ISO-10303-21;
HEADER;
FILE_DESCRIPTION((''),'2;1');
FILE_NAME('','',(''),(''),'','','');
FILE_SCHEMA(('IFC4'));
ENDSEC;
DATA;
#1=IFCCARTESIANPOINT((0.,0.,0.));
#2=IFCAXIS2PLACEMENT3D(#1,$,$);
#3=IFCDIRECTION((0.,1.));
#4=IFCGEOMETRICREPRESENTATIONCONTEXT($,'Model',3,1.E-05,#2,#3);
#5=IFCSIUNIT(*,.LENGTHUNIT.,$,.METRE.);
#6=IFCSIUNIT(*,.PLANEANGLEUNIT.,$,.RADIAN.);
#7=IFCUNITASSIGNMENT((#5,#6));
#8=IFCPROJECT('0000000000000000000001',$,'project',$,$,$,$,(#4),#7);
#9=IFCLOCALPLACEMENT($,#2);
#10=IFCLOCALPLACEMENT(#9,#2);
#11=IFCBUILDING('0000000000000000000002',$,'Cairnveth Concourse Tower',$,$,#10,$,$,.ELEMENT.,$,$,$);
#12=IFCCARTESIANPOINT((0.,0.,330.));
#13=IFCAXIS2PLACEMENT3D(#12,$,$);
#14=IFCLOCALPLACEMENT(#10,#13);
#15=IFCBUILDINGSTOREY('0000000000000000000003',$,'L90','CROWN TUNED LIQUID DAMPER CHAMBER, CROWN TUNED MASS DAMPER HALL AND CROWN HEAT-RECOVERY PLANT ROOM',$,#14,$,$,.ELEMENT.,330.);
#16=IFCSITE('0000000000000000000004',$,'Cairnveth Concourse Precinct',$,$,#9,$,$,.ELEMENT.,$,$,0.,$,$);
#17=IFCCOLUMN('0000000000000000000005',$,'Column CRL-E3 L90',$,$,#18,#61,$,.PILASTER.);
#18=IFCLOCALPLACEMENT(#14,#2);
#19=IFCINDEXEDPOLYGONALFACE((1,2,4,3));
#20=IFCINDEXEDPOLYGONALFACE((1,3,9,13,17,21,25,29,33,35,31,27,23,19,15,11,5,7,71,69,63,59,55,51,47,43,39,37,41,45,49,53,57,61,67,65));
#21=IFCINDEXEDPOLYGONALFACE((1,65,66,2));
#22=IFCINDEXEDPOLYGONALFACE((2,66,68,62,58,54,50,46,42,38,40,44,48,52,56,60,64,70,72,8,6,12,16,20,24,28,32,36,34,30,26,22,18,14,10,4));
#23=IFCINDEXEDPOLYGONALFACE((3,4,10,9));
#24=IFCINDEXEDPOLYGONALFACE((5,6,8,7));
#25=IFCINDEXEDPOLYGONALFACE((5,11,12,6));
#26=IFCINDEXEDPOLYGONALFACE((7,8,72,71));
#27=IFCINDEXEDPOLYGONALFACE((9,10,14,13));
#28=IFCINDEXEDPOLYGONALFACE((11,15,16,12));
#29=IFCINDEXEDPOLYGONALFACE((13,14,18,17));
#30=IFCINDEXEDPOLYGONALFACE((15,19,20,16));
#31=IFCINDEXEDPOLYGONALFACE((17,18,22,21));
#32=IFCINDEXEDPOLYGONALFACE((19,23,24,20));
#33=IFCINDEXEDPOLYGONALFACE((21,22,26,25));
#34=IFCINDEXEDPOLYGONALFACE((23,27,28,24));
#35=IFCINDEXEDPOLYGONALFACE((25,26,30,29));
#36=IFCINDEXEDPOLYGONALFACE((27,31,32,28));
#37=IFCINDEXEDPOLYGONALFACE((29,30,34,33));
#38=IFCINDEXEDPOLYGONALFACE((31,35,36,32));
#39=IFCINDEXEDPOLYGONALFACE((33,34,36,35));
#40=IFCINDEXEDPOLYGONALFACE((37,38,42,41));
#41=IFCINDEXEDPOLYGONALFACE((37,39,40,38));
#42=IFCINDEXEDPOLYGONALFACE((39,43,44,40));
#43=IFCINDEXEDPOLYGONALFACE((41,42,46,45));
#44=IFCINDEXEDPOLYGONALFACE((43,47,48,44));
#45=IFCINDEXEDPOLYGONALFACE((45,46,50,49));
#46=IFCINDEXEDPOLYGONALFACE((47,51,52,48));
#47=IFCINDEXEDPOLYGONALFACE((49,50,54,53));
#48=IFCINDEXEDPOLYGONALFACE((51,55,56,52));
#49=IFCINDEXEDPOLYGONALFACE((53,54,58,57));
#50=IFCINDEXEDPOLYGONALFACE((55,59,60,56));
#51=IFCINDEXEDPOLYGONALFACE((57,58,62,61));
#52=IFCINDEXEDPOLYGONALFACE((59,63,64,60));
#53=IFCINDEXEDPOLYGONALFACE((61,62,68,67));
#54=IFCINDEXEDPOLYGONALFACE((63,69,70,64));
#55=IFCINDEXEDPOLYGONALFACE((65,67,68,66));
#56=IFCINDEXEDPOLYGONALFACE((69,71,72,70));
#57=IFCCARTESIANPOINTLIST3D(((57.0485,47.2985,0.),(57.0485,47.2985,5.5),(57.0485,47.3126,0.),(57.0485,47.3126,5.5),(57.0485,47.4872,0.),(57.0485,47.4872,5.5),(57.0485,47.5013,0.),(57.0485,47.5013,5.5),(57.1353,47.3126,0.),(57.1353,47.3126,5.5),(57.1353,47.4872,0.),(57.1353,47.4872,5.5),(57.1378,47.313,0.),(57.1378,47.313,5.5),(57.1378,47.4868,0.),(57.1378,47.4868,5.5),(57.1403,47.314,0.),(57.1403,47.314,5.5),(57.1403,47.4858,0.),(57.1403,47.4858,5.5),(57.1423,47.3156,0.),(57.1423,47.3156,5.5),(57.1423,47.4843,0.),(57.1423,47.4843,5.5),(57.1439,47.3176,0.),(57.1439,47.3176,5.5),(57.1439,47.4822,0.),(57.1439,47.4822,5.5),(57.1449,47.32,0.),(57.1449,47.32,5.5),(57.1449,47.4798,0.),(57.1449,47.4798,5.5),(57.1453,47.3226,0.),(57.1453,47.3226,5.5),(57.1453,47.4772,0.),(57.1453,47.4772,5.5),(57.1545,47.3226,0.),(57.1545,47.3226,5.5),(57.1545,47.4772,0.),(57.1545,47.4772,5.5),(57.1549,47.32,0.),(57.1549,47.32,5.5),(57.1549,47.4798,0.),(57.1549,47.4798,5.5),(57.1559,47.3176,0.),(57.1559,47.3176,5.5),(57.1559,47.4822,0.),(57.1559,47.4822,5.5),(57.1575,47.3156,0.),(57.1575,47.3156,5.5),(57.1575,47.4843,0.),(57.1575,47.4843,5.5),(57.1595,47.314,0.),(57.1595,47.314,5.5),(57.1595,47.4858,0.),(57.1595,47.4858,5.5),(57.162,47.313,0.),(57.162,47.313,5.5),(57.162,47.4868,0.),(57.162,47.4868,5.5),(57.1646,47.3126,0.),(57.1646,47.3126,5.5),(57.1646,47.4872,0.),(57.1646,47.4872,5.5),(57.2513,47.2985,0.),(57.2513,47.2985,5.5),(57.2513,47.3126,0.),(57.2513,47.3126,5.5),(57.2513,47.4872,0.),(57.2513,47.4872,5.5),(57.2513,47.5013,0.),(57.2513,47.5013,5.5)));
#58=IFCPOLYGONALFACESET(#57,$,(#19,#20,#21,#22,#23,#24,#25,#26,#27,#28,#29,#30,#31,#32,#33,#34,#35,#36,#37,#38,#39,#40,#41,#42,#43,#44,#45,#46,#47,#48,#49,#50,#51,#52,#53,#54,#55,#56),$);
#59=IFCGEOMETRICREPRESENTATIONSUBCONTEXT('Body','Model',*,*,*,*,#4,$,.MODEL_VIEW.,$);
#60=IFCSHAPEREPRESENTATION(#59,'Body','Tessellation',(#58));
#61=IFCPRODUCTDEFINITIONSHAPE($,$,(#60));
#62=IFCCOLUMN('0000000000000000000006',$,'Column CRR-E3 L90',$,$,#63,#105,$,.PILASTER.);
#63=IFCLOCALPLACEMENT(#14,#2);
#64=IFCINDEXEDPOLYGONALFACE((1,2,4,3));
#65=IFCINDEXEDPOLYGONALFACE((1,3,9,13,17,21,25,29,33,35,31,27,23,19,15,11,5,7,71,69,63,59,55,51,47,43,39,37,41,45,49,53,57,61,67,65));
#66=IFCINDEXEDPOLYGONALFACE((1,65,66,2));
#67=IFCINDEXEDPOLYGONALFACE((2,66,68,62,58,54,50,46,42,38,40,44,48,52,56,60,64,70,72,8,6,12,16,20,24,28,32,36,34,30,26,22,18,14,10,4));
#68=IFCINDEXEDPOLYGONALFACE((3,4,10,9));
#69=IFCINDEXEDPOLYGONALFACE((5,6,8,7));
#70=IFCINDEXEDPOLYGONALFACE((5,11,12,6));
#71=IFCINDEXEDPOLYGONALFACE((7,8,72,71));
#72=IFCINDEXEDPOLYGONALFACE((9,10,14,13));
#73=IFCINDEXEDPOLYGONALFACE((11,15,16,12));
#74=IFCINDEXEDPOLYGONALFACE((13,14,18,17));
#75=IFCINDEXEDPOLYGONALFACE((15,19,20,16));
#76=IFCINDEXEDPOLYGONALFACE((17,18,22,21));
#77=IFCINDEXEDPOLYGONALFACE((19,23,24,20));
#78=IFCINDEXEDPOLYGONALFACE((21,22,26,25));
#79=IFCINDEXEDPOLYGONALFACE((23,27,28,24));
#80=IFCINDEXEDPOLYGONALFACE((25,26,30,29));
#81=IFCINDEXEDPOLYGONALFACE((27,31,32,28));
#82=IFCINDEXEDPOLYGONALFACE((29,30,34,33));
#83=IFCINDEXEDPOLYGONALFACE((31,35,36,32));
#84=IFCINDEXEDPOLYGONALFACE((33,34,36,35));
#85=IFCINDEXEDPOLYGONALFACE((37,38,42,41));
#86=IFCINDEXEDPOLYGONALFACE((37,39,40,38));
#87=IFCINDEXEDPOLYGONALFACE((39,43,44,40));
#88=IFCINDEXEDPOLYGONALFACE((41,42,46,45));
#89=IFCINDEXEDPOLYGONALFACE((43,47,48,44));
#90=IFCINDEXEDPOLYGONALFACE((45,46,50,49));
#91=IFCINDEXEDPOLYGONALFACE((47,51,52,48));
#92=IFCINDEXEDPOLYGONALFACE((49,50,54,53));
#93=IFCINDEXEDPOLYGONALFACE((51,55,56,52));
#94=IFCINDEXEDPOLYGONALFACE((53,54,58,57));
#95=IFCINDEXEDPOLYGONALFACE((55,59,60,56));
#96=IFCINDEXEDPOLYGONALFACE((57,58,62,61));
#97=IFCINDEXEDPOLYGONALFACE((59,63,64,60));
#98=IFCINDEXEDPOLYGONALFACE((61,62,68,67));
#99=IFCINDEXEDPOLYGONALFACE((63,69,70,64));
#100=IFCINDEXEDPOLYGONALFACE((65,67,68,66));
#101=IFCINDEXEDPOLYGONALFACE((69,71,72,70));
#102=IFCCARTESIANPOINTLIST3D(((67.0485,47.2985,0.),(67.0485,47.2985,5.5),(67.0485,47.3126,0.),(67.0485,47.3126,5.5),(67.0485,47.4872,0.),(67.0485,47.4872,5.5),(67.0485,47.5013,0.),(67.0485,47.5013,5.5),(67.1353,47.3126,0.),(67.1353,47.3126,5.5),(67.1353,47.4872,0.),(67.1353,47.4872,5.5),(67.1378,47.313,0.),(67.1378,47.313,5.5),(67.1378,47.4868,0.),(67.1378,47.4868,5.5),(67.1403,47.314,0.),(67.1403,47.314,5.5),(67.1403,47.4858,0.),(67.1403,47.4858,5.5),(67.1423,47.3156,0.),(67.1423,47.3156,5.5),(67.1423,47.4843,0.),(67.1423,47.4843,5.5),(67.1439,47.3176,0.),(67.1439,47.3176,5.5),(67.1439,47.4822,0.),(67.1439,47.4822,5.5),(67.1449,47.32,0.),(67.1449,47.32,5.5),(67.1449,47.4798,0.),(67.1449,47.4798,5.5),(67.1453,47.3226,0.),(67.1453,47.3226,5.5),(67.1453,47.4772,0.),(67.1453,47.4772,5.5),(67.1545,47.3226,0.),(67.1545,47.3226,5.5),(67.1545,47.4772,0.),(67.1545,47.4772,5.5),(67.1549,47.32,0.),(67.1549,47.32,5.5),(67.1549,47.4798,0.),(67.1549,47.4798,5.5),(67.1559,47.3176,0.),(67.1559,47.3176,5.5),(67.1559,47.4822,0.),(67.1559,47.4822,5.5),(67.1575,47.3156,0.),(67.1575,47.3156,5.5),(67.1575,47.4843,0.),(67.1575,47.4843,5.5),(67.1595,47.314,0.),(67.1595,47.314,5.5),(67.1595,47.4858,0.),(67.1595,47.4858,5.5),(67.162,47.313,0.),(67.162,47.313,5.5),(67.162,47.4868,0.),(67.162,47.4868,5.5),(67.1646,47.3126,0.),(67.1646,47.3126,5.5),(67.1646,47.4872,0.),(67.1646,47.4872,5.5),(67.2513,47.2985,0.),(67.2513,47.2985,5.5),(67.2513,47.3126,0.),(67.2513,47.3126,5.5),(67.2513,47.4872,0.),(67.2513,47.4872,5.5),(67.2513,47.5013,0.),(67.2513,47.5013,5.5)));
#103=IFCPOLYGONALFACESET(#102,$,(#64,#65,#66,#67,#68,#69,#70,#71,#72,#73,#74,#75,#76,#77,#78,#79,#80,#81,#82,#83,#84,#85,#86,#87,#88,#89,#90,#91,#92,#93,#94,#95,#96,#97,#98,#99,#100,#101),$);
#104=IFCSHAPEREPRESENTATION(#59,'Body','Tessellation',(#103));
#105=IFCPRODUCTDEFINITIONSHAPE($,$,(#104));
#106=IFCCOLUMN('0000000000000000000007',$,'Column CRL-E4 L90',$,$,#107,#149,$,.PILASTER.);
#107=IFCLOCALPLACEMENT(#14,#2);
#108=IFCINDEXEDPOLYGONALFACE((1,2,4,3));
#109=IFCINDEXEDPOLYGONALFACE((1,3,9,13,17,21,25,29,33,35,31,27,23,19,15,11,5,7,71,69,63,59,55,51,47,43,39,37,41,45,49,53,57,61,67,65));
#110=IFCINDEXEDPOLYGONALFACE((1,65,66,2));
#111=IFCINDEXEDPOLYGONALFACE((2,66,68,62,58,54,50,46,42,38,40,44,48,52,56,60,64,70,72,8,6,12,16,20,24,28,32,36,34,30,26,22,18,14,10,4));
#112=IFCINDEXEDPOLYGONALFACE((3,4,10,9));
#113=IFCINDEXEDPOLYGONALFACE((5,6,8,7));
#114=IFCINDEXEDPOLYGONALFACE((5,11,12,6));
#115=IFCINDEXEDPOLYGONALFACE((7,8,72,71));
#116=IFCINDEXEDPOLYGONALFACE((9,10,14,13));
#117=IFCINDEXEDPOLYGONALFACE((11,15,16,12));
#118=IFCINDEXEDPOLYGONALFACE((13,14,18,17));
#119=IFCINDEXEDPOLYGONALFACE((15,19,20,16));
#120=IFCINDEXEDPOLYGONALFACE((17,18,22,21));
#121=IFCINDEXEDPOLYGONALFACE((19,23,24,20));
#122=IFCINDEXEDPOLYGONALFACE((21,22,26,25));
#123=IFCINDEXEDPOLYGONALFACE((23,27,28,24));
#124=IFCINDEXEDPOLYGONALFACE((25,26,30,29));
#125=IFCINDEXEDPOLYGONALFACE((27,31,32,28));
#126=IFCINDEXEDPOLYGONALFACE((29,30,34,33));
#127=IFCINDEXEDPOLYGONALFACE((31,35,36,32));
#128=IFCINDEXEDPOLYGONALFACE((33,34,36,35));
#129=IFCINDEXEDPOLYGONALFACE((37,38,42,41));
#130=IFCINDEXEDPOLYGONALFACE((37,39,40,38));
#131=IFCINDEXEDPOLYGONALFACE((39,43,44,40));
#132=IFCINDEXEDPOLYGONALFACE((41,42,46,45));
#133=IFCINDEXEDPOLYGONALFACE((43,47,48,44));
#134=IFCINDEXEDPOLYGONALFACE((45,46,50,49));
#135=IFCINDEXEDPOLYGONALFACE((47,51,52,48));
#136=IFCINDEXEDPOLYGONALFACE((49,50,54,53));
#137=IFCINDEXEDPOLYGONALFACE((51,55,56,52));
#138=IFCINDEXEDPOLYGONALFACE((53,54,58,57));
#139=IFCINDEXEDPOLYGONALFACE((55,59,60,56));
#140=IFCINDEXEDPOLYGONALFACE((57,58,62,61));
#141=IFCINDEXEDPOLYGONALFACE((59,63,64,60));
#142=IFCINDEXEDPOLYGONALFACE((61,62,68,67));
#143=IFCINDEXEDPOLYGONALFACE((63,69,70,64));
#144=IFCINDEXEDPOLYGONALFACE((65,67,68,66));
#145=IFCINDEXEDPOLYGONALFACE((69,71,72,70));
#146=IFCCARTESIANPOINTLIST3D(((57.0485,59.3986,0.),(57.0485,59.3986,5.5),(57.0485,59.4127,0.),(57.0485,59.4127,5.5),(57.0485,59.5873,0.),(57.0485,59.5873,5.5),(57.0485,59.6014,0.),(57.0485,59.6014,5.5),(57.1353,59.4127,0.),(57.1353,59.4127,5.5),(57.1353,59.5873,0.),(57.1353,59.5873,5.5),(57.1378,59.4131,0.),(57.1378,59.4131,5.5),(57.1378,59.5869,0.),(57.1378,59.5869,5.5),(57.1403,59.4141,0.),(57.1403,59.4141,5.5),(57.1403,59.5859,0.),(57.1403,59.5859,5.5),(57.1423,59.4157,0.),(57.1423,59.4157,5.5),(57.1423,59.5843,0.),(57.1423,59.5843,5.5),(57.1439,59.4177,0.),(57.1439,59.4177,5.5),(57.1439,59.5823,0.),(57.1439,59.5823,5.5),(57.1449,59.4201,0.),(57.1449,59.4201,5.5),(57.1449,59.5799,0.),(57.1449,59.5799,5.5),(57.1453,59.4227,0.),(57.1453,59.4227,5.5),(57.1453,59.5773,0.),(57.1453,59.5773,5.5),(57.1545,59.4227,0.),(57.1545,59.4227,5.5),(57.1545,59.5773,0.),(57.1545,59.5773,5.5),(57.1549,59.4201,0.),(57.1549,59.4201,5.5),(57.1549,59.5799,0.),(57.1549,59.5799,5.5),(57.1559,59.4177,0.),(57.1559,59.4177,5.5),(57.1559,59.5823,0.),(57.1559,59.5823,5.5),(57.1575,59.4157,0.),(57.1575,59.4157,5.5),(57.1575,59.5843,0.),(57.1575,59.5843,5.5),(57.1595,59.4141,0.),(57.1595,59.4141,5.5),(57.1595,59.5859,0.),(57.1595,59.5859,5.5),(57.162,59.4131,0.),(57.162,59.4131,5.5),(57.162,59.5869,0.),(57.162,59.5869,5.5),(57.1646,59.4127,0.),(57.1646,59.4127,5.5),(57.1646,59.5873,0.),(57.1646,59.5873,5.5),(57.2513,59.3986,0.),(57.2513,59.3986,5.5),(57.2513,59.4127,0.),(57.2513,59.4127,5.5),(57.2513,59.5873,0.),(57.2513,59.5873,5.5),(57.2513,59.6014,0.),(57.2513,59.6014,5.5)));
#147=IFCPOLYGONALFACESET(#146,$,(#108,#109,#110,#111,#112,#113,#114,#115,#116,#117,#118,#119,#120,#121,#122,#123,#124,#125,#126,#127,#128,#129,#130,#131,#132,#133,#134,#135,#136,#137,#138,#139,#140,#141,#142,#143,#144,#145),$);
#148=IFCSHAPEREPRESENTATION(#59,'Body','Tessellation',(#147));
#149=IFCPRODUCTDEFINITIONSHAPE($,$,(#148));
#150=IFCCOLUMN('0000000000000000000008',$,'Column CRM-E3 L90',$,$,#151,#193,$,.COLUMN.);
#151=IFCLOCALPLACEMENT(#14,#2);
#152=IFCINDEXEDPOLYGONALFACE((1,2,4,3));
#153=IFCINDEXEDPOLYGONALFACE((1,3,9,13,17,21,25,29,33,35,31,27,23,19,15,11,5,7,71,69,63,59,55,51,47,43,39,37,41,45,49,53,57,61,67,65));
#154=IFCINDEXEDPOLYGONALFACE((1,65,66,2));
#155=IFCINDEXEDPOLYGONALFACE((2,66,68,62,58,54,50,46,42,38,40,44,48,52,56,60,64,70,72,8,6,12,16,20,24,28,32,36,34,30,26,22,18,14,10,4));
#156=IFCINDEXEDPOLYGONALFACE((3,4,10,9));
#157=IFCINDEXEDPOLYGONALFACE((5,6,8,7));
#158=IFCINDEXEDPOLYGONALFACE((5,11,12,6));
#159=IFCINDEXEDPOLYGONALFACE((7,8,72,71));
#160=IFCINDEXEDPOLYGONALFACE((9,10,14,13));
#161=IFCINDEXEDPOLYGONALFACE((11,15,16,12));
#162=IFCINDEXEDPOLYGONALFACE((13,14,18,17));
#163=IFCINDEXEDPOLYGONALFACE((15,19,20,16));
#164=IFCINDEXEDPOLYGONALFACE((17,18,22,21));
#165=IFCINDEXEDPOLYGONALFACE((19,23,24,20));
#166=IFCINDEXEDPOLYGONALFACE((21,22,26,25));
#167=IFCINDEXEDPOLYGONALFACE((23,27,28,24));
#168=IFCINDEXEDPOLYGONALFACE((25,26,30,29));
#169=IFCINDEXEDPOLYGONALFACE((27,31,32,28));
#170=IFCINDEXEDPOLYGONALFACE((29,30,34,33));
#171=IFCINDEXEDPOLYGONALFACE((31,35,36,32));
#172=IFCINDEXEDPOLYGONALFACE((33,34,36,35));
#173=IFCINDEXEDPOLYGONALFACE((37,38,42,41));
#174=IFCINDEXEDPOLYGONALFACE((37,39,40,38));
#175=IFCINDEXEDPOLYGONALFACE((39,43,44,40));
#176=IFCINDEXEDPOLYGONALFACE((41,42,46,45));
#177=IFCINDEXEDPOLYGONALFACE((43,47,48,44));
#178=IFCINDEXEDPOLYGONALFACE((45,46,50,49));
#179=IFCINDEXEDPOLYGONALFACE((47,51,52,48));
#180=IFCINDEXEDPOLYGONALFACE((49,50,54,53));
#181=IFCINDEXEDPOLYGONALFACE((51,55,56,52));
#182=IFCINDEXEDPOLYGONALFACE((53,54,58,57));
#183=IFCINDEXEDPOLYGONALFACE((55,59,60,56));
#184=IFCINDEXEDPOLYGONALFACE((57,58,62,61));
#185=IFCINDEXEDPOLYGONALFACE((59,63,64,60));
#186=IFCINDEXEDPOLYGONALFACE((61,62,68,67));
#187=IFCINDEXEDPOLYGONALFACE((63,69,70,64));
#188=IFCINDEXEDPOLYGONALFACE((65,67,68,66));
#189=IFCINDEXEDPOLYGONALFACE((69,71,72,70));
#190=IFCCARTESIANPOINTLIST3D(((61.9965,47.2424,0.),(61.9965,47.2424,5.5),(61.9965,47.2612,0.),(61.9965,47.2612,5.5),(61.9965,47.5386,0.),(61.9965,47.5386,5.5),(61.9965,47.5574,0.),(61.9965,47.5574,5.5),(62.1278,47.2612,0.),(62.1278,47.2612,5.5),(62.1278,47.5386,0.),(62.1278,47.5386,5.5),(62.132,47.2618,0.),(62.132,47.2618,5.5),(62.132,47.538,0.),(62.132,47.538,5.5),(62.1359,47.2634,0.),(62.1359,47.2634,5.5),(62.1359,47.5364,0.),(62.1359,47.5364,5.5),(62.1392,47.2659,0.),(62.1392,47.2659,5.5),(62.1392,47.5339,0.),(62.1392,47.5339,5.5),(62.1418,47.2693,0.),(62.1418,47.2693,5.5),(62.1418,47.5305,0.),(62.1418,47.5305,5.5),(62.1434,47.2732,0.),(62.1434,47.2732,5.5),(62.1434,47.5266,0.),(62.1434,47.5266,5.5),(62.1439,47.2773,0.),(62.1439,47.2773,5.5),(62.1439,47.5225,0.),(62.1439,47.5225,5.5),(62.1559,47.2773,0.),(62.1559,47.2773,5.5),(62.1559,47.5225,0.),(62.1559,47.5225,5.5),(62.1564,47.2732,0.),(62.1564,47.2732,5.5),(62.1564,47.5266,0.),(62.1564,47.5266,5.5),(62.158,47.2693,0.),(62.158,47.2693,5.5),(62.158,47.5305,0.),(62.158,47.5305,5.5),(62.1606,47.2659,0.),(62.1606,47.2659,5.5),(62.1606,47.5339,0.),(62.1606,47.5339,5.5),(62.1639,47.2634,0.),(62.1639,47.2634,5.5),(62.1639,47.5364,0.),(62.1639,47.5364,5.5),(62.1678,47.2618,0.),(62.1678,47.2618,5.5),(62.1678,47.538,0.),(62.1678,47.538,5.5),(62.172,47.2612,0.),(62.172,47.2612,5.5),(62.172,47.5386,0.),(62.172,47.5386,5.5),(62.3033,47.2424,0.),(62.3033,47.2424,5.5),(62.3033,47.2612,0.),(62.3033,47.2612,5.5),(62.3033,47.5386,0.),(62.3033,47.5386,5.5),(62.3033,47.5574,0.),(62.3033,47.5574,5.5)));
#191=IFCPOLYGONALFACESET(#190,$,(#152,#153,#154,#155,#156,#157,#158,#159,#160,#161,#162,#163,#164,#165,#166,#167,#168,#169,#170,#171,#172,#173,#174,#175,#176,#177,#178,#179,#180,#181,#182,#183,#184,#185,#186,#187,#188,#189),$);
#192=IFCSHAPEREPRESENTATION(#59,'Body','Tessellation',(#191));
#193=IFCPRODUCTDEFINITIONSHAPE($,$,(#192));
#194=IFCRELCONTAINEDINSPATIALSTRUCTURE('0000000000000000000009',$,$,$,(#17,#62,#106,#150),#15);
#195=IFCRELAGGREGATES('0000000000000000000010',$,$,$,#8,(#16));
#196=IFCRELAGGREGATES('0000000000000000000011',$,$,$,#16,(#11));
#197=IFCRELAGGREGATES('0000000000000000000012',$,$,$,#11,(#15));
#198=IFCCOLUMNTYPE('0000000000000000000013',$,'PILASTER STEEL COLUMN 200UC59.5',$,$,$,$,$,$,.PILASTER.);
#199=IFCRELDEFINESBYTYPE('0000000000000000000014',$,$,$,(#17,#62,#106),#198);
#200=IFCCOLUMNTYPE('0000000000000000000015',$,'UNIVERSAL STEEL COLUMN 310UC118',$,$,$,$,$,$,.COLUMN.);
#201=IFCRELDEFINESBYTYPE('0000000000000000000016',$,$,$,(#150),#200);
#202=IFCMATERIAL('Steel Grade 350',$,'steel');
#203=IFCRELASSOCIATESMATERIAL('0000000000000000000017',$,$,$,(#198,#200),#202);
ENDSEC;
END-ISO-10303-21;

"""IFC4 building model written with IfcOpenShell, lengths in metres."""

from ifc_helpers import new_model, si_unit, direction, frame, origin, origin_2d, place, context, subcontext, project, spatial, i_section, extrude, material, material_profile, profile_set, type_object, element, save


model = new_model("IFC4")

# Units and contexts
model_context = context("Model", 3, precision=1e-05, world=origin(), true_north=direction((0.0, 1.0)))
body_context = subcontext(model_context, "Body", "Model", "MODEL_VIEW")
ifc_project = project(units=[si_unit("LENGTHUNIT", "METRE"), si_unit("PLANEANGLEUNIT", "RADIAN")], contexts=[model_context])

# Site, building, storey
site_placement = place(None, origin())
site = spatial("IfcSite", under=ifc_project, at=site_placement, Name="Cairnveth Concourse Precinct", CompositionType="ELEMENT", RefElevation=0.0)
building_placement = place(site_placement, origin())
building = spatial("IfcBuilding", under=site, at=building_placement, Name="Cairnveth Concourse Tower", CompositionType="ELEMENT")
storey_placement = place(building_placement, frame((0.0, 0.0, 330.0)))
storey = spatial("IfcBuildingStorey", under=building, at=storey_placement, Name="L90", Description="CROWN TUNED LIQUID DAMPER CHAMBER, CROWN TUNED MASS DAMPER HALL AND CROWN HEAT-RECOVERY PLANT ROOM", CompositionType="ELEMENT", Elevation=330.0)

# Columns
ifc_material_1 = material(Name="Steel Grade 350", Category="steel")
ifc_material_profile_1 = material_profile(ifc_material_1, i_section(OverallWidth=0.2029, OverallDepth=0.2029, WebThickness=0.0093, FlangeThickness=0.0142, FilletRadius=0.01, at=origin_2d()), Name="200UC59.5")
ifc_profile_set_1 = profile_set([ifc_material_profile_1], Name="Steel Grade 350")
column_type_1 = type_object("IfcColumnType", Name="PILASTER STEEL COLUMN 200UC59.5", PredefinedType="PILASTER", material=ifc_profile_set_1)
for number, where, z_axis, x_axis, name in (
    (1, (57.1499, 47.3999, 0.0), (0.0, 0.0, 1.0), (1.0, 0.0, 0.0), "Column CRL-E3 L90"),
    (2, (67.1499, 47.3999, 0.0), (0.0, 0.0, 1.0), (1.0, 0.0, 0.0), "Column CRR-E3 L90"),
    (3, (57.1499, 59.5, 0.0), (0.0, 0.0, 1.0), (1.0, 0.0, 0.0), "Column CRL-E4 L90"),
):
    element("IfcColumn", number, at=place(storey_placement, frame(where, z_axis=z_axis, x_axis=x_axis)), inside=storey, type_object=column_type_1, Name=name, PredefinedType="PILASTER", context=body_context, shape_type="SweptSolid", body=[
        extrude(i_section(OverallWidth=0.2029, OverallDepth=0.2029, WebThickness=0.0093, FlangeThickness=0.0142, FilletRadius=0.01, at=origin_2d()), origin(), (0.0, 0.0, 1.0), 5.5),
    ])
ifc_material_profile_2 = material_profile(ifc_material_1, i_section(OverallWidth=0.3069, OverallDepth=0.3149, WebThickness=0.012, FlangeThickness=0.0188, FilletRadius=0.0161, at=origin_2d()), Name="310UC118")
ifc_profile_set_2 = profile_set([ifc_material_profile_2], Name="Steel Grade 350")
column_type_2 = type_object("IfcColumnType", Name="UNIVERSAL STEEL COLUMN 310UC118", PredefinedType="COLUMN", material=ifc_profile_set_2)
for number, where, z_axis, x_axis, name in (
    (4, (62.1499, 47.3999, 0.0), (0.0, 0.0, 1.0), (1.0, 0.0, 0.0), "Column CRM-E3 L90"),
):
    element("IfcColumn", number, at=place(storey_placement, frame(where, z_axis=z_axis, x_axis=x_axis)), inside=storey, type_object=column_type_2, Name=name, PredefinedType="COLUMN", context=body_context, shape_type="SweptSolid", body=[
        extrude(i_section(OverallWidth=0.3069, OverallDepth=0.3149, WebThickness=0.012, FlangeThickness=0.0188, FilletRadius=0.0161, at=origin_2d()), origin(), (0.0, 0.0, 1.0), 5.5),
    ])

save(model, "model.ifc")
